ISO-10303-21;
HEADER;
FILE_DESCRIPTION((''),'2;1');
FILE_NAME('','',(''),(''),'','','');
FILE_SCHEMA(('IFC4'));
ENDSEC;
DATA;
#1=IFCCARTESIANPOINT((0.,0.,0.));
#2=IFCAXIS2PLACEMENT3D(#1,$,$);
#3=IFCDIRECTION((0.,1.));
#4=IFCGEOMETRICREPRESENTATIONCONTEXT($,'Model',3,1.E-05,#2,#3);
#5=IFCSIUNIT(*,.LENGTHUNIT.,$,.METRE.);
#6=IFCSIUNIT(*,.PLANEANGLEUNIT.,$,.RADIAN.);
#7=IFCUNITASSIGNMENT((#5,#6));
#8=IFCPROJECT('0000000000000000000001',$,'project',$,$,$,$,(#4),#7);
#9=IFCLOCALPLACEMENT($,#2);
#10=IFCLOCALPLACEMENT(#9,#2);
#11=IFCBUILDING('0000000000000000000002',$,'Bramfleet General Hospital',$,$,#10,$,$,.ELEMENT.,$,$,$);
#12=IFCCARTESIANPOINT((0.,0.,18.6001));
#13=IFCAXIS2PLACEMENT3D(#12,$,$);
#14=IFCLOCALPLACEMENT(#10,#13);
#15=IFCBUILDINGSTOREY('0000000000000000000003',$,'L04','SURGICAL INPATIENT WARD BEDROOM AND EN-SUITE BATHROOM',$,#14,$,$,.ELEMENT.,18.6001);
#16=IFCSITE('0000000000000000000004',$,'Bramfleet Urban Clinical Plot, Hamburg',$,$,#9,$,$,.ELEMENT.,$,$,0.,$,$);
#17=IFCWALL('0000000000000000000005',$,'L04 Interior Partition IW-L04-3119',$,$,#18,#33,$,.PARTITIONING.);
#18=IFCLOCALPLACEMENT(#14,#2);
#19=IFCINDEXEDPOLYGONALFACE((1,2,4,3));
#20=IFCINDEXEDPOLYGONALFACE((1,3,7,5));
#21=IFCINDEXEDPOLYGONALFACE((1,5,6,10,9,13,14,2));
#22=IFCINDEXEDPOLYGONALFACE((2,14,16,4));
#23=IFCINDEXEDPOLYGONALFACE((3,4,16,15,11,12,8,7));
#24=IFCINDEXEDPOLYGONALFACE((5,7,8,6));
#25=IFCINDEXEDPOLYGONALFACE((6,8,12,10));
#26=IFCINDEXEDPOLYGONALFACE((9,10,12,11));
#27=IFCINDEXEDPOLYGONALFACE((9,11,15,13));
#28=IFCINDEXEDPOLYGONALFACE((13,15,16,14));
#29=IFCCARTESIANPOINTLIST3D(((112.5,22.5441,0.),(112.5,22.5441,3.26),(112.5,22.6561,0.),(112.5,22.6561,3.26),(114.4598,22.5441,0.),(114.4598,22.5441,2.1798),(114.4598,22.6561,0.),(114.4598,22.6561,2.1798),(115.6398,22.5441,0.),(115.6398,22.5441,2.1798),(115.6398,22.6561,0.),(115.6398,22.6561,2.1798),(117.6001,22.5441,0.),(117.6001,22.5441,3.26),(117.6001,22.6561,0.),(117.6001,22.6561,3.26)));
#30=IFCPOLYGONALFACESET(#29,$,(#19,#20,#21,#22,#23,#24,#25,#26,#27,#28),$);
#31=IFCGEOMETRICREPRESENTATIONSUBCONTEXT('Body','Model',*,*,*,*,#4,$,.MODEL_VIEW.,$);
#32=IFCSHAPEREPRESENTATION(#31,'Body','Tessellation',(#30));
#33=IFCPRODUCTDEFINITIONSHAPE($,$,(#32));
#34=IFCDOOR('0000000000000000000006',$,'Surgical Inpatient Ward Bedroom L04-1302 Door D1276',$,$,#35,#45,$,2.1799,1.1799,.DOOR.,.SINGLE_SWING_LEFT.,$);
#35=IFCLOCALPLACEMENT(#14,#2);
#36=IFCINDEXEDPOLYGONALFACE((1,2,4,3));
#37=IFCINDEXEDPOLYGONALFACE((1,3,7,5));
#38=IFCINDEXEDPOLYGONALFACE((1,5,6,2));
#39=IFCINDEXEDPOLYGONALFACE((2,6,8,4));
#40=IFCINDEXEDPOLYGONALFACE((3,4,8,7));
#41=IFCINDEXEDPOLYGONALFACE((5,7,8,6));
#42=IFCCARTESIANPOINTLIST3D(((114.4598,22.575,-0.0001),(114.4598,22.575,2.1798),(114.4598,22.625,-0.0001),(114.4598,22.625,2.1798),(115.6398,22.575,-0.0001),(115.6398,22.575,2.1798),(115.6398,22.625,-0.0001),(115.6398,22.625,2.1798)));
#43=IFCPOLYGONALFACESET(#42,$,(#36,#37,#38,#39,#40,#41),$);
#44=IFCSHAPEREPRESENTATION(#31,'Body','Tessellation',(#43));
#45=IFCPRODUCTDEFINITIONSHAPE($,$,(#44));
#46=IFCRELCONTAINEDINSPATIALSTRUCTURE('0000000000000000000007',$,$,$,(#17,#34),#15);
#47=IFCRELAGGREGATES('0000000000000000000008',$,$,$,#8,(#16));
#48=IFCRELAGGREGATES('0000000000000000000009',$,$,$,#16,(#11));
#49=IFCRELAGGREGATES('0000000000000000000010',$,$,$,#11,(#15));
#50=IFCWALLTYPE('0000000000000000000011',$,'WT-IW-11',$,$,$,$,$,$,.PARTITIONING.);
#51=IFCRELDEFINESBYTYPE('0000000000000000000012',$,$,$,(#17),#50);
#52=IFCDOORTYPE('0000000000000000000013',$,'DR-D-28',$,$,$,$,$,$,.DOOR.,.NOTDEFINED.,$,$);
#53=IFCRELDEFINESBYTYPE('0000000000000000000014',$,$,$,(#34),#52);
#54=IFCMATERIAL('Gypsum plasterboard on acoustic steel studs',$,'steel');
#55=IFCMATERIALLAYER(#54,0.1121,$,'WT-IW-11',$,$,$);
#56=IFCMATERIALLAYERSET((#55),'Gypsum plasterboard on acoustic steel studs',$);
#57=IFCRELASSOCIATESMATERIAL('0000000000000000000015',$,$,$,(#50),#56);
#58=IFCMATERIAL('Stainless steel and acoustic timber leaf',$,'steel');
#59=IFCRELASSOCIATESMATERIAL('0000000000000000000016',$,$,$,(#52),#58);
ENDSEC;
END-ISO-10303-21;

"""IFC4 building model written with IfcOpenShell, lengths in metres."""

from ifc_helpers import new_model, si_unit, direction, frame, frame_2d, origin, place, context, subcontext, project, spatial, rectangle, extrude, material, layer, layer_set, type_object, element, fill, save


model = new_model("IFC4")

# Units and contexts
model_context = context("Model", 3, precision=1e-05, world=origin(), true_north=direction((0.0, 1.0)))
body_context = subcontext(model_context, "Body", "Model", "MODEL_VIEW")
ifc_project = project(units=[si_unit("LENGTHUNIT", "METRE"), si_unit("PLANEANGLEUNIT", "RADIAN")], contexts=[model_context])

# Site, building, storey
site_placement = place(None, origin())
site = spatial("IfcSite", under=ifc_project, at=site_placement, Name="Bramfleet Urban Clinical Plot, Hamburg", CompositionType="ELEMENT", RefElevation=0.0)
building_placement = place(site_placement, origin())
building = spatial("IfcBuilding", under=site, at=building_placement, Name="Bramfleet General Hospital", CompositionType="ELEMENT")
storey_placement = place(building_placement, frame((0.0, 0.0, 18.6001)))
storey = spatial("IfcBuildingStorey", under=building, at=storey_placement, Name="L04", Description="SURGICAL INPATIENT WARD BEDROOM AND EN-SUITE BATHROOM", CompositionType="ELEMENT", Elevation=18.6001)

# Shared definitions
ifc_material_1 = material(Name="Stainless steel and acoustic timber leaf", Category="steel")

# Shared definitions
ifc_material_2 = material(Name="Gypsum plasterboard on acoustic steel studs", Category="steel")

# Wall, opening, door
ifc_layer_1 = layer(ifc_material_2, 0.1121, Name="WT-IW-11")
ifc_layer_set_1 = layer_set([ifc_layer_1], Name="Gypsum plasterboard on acoustic steel studs")
wall_type_1 = type_object("IfcWallType", Name="WT-IW-11", PredefinedType="PARTITIONING", material=ifc_layer_set_1)
wall_1_placement = place(storey_placement, frame((112.5, 22.6001, 0.0), z_axis=(0.0, 0.0, 1.0), x_axis=(1.0, 0.0, 0.0)))
wall_1 = element("IfcWall", 1, at=wall_1_placement, inside=storey, type_object=wall_type_1, Name="L04 Interior Partition IW-L04-3119", PredefinedType="PARTITIONING", context=body_context, shape_type="SweptSolid", body=[
    extrude(rectangle(XDim=5.1001, YDim=0.1121, at=frame_2d((2.55, 0.0))), origin(), (0.0, 0.0, 1.0), 3.26),
])
opening_1_placement = place(wall_1_placement, frame((1.96, 0.0, 0.0)))
opening_1 = element("IfcOpeningElement", 2, at=opening_1_placement, cuts=wall_1, PredefinedType="OPENING", context=body_context, shape_type="SweptSolid", body=[
    extrude(rectangle(XDim=1.1799, YDim=2.1799, at=frame_2d((0.5898, 1.0898))), frame((0.0, 0.0659, 0.0), z_axis=(0.0, -1.0, 0.0), x_axis=(1.0, 0.0, 0.0)), (0.0, 0.0, 1.0), 0.1321),
])
door_type_1 = type_object("IfcDoorType", Name="DR-D-28", OperationType="NOTDEFINED", PredefinedType="DOOR", material=ifc_material_1)
door_1_placement = place(opening_1_placement, origin())
door_1 = element("IfcDoor", 3, at=door_1_placement, inside=storey, type_object=door_type_1, Name="Surgical Inpatient Ward Bedroom L04-1302 Door D1276", OperationType="SINGLE_SWING_LEFT", OverallHeight=2.1799, OverallWidth=1.1799, PredefinedType="DOOR", context=body_context, shape_type="SweptSolid", body=[
    extrude(rectangle(XDim=1.1799, YDim=2.1799, at=frame_2d((0.5898, 1.0898))), frame((0.0, 0.0249, 0.0), z_axis=(0.0, -1.0, 0.0), x_axis=(1.0, 0.0, 0.0)), (0.0, 0.0, 1.0), 0.05),
])
fill(opening_1, door_1)

save(model, "model.ifc")
